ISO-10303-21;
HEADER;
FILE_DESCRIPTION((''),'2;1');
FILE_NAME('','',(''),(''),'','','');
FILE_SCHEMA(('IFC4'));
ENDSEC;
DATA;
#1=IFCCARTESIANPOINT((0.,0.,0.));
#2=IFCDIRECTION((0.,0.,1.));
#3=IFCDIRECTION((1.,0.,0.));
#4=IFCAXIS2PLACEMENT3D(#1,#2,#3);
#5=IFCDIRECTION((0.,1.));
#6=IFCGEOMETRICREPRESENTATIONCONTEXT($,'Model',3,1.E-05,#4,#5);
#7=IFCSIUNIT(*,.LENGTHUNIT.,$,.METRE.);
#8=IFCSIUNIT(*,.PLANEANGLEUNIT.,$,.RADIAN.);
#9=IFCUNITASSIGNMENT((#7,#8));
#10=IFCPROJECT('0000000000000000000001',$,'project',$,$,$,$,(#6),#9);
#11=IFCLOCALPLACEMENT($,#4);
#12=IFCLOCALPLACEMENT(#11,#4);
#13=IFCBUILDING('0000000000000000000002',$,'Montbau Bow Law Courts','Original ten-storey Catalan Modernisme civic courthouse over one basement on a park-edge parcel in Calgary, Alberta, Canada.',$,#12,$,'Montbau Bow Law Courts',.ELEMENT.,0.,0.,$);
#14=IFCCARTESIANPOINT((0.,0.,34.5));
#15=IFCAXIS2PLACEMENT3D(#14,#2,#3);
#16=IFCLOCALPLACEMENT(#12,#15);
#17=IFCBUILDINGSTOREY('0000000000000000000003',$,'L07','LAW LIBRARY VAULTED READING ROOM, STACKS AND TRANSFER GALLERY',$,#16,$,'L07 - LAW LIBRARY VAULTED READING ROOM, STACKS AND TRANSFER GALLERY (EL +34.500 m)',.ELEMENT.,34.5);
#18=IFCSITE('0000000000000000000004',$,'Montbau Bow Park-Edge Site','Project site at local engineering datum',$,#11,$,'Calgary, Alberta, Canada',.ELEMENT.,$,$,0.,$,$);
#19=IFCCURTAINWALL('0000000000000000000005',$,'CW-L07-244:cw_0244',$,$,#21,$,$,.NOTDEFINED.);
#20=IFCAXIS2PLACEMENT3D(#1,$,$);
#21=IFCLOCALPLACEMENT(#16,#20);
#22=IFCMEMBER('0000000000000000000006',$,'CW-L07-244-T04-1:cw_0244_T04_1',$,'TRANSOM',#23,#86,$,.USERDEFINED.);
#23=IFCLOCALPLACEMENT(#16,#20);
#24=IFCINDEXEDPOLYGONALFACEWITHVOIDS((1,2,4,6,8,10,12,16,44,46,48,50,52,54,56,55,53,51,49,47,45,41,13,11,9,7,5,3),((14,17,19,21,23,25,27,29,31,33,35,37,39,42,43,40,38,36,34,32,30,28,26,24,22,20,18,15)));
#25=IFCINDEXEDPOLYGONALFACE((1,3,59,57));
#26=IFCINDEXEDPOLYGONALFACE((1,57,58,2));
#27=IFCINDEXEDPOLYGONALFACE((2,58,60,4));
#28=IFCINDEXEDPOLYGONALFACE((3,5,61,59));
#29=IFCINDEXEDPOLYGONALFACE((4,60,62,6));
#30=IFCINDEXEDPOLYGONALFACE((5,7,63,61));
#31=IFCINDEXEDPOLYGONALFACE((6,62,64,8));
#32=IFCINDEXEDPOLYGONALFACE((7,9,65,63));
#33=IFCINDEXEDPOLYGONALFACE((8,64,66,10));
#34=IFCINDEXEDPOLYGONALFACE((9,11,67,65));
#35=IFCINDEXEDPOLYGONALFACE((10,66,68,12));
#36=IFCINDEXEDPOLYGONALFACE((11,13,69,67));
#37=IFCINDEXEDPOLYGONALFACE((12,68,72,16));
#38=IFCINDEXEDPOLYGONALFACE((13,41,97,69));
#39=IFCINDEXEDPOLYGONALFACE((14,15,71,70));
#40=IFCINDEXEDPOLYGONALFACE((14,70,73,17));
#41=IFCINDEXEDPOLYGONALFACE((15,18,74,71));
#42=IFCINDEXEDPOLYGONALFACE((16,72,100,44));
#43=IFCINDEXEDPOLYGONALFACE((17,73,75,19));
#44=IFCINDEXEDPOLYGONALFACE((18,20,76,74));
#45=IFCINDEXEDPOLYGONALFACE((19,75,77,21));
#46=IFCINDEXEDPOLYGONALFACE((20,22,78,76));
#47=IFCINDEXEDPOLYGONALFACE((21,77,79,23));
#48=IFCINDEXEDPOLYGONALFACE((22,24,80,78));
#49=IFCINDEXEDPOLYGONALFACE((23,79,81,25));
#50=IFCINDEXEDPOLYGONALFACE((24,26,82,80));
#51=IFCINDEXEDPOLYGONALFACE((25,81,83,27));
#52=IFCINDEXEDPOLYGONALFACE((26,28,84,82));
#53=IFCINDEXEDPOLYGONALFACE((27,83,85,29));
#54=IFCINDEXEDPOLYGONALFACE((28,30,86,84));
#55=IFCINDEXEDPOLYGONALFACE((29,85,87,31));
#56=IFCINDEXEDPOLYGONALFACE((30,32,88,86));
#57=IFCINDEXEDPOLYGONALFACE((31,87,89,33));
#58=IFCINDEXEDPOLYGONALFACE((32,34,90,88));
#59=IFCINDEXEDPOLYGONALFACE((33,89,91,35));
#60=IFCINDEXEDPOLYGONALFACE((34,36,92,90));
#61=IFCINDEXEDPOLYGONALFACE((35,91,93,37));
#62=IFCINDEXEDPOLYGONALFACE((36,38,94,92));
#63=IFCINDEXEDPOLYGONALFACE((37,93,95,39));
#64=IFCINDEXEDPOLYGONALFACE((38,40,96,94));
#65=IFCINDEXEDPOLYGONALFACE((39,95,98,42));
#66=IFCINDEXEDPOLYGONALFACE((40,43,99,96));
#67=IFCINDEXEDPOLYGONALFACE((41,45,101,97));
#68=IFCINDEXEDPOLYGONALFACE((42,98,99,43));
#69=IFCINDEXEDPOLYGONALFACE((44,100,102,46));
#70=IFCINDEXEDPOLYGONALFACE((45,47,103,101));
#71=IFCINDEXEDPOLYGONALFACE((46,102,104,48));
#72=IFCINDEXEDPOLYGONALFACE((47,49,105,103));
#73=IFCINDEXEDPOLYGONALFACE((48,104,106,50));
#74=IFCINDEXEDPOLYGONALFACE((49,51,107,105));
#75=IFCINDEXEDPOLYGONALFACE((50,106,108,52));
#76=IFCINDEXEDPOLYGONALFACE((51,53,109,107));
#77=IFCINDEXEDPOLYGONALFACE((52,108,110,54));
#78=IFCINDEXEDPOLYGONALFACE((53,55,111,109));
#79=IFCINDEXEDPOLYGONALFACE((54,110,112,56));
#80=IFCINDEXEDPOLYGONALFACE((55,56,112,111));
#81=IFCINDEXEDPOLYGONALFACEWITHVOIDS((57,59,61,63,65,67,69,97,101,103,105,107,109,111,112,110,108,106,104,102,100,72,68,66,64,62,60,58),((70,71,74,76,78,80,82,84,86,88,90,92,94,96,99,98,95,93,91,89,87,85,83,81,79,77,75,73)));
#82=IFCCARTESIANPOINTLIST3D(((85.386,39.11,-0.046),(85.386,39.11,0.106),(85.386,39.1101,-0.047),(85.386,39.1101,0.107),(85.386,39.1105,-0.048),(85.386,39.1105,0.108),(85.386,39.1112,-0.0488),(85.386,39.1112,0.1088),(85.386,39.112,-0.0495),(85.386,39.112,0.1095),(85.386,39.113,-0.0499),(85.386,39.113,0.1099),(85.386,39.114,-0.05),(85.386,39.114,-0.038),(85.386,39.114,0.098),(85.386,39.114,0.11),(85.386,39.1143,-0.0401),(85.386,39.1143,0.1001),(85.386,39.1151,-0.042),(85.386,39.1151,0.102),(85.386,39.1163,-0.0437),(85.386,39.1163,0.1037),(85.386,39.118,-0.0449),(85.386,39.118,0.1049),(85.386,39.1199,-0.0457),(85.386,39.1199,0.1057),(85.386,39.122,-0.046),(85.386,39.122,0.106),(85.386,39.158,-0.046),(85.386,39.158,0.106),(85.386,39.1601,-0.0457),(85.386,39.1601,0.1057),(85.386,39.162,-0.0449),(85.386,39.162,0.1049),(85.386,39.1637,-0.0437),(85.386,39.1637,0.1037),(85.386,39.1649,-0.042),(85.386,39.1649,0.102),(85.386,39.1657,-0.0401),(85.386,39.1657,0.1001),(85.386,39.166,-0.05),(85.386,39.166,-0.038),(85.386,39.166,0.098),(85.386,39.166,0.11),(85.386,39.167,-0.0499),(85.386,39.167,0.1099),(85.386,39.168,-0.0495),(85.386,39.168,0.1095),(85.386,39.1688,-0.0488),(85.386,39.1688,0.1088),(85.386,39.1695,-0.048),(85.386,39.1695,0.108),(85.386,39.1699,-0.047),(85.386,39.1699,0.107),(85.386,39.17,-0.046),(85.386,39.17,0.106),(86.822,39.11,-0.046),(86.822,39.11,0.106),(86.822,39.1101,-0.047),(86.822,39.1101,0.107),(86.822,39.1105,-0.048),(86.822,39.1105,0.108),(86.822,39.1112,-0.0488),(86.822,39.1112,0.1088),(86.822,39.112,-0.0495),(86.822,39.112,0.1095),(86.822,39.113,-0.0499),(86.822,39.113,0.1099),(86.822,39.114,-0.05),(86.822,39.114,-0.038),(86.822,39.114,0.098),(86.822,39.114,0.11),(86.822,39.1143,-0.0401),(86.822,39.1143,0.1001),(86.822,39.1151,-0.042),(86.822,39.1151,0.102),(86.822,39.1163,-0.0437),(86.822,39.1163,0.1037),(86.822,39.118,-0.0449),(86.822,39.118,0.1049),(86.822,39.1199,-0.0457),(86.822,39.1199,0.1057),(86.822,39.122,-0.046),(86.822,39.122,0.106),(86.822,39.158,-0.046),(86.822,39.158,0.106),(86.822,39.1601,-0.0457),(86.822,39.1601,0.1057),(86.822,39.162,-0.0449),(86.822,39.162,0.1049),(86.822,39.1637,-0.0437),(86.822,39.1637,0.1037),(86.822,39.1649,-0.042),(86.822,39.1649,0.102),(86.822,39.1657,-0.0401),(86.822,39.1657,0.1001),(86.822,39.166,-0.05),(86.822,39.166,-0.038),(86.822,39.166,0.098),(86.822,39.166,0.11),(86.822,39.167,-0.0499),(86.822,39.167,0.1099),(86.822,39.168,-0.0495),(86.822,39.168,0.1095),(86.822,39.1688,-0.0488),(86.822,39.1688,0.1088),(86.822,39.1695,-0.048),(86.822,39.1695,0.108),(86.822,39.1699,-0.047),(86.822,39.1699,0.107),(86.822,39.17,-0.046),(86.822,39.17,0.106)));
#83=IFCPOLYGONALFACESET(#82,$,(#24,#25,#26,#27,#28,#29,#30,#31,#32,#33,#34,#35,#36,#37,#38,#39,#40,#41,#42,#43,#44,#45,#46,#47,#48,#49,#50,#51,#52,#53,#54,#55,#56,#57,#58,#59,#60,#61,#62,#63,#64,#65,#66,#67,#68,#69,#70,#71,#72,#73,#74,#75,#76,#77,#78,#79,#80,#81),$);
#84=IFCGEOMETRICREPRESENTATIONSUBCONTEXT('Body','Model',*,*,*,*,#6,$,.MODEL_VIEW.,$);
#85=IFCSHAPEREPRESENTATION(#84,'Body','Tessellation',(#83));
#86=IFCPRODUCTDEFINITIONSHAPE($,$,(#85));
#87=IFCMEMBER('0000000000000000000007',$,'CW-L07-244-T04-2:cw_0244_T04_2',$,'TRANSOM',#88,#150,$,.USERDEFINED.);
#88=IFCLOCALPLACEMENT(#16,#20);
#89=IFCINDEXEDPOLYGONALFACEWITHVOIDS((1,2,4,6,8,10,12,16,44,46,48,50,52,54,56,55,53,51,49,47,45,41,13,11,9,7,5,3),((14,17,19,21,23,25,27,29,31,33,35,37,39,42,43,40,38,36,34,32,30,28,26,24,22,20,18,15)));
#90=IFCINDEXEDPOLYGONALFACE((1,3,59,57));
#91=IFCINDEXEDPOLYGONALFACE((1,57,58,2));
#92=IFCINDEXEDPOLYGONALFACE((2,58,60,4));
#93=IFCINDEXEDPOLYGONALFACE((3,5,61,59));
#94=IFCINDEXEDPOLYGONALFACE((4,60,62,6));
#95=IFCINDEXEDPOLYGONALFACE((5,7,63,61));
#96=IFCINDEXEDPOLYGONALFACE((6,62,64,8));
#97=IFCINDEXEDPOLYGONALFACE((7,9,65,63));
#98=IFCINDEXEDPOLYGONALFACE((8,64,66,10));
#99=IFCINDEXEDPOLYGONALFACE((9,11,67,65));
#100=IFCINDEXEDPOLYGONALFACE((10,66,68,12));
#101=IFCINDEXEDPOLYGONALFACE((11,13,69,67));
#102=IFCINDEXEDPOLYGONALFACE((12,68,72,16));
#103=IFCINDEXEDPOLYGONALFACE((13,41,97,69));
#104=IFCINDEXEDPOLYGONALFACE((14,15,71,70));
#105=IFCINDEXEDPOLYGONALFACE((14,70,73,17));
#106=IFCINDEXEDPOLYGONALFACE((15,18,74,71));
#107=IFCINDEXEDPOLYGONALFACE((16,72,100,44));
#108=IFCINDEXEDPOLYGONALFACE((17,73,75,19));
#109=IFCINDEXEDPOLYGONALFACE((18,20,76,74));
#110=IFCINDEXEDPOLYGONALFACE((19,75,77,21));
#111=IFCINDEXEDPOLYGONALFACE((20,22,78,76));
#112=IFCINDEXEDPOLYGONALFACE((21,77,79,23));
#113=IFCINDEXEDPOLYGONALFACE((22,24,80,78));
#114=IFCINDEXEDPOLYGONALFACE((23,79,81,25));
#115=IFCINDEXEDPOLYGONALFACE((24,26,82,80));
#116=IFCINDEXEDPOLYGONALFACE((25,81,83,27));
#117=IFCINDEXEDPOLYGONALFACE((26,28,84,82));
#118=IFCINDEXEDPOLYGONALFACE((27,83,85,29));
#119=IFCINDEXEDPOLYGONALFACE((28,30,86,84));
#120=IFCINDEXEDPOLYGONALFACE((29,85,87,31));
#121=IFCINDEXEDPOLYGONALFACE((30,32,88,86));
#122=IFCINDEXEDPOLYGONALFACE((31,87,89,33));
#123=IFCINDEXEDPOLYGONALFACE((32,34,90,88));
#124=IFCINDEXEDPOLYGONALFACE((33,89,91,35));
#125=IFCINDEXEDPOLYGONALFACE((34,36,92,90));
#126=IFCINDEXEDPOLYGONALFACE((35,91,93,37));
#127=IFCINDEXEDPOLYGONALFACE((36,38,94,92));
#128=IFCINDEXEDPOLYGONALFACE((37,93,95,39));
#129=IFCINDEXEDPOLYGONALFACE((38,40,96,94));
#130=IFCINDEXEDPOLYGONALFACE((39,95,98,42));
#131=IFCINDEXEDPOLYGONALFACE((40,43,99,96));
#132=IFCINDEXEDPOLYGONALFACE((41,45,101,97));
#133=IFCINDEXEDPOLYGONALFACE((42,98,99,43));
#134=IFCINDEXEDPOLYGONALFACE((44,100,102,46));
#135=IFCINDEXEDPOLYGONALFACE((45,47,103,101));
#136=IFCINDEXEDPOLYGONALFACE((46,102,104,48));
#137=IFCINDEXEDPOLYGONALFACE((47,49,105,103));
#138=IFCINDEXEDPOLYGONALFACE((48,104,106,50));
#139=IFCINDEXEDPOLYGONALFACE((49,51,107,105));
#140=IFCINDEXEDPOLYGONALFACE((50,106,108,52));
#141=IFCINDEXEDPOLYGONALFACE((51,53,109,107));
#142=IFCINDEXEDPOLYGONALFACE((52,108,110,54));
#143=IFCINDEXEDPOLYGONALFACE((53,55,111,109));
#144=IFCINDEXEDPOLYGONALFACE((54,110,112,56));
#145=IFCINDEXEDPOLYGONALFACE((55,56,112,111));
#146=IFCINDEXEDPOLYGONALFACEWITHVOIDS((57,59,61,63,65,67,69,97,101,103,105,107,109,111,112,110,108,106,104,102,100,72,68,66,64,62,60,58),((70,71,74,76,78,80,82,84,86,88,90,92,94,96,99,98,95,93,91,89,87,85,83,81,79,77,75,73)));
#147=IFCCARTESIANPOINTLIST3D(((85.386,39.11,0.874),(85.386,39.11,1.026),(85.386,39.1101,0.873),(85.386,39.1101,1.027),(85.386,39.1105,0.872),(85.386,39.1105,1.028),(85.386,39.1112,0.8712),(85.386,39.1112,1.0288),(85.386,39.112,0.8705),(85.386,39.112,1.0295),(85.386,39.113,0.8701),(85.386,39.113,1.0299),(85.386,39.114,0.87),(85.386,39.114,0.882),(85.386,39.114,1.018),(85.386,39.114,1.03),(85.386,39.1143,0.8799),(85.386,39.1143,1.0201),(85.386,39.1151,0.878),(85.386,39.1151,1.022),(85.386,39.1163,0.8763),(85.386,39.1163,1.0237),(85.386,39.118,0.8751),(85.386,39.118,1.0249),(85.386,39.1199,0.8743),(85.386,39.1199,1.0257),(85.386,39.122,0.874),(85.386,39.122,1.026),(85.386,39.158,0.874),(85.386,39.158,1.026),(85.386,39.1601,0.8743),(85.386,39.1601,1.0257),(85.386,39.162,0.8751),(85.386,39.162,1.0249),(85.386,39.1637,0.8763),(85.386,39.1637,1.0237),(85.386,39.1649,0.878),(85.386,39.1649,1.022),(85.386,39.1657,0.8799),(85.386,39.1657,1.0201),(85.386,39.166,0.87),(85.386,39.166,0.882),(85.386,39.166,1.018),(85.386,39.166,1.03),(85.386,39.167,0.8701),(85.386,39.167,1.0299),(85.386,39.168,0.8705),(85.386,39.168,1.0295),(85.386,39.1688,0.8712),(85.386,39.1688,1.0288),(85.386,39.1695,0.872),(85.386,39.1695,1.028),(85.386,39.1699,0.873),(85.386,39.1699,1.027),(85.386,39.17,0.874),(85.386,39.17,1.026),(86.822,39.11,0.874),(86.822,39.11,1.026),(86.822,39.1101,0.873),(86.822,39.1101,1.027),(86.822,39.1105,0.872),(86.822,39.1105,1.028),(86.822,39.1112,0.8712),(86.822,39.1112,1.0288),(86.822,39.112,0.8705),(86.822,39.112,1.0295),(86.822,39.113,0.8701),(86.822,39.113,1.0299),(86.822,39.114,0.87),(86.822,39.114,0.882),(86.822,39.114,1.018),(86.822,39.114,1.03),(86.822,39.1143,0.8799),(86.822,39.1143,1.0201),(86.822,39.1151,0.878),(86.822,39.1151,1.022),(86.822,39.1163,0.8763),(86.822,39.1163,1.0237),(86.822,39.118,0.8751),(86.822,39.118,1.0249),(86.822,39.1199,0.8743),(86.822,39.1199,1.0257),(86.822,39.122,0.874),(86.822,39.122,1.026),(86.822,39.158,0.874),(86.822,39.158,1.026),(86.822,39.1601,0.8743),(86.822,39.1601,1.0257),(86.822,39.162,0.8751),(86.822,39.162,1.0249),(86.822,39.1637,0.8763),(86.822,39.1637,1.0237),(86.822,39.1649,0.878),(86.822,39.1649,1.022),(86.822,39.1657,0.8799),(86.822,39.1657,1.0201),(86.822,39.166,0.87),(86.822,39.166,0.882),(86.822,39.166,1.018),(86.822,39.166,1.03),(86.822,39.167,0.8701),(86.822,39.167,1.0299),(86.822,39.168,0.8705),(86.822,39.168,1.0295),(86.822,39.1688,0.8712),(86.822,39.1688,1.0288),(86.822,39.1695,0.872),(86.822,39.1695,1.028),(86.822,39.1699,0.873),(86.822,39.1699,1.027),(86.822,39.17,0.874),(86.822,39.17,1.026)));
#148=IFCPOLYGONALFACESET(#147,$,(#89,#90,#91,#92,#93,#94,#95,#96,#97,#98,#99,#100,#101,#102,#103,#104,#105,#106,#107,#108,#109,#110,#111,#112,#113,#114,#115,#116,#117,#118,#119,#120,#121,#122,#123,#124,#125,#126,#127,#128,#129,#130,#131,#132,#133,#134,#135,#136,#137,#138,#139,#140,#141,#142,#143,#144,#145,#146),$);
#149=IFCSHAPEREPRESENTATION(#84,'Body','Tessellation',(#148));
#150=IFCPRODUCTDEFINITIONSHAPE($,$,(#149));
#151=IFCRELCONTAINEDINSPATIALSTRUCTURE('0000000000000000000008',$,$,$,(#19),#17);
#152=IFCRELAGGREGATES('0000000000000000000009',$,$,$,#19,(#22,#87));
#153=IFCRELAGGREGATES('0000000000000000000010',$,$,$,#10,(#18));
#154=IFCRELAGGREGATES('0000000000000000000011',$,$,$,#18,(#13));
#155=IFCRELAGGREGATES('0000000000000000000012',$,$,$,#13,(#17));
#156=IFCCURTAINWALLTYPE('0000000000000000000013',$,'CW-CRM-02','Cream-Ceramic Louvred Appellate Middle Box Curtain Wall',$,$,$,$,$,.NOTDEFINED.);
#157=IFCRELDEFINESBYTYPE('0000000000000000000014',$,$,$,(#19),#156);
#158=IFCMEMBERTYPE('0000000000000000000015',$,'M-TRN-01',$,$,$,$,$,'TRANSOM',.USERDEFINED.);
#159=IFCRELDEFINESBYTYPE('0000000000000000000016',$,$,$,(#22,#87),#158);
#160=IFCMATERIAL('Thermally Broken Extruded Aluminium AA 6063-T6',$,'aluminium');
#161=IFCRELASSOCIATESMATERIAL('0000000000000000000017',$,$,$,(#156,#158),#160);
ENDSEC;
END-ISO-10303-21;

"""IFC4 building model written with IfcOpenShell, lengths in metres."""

from ifc_helpers import new_model, si_unit, direction, frame, origin_with_axes, origin_2d_with_axis, place, context, subcontext, project, spatial, hollow_rectangle, extrude, material, material_profile, profile_set, type_object, element, aggregate, save


model = new_model("IFC4")

# Units and contexts
model_context = context("Model", 3, precision=1e-05, world=origin_with_axes(), true_north=direction((0.0, 1.0)))
body_context = subcontext(model_context, "Body", "Model", "MODEL_VIEW")
ifc_project = project(units=[si_unit("LENGTHUNIT", "METRE"), si_unit("PLANEANGLEUNIT", "RADIAN")], contexts=[model_context])

# Site, building, storey
site_placement = place(None, origin_with_axes())
site = spatial("IfcSite", under=ifc_project, at=site_placement, Name="Montbau Bow Park-Edge Site", Description="Project site at local engineering datum", LongName="Calgary, Alberta, Canada", CompositionType="ELEMENT", RefElevation=0.0)
building_placement = place(site_placement, origin_with_axes())
building = spatial("IfcBuilding", under=site, at=building_placement, Name="Montbau Bow Law Courts", Description="Original ten-storey Catalan Modernisme civic courthouse over one basement on a park-edge parcel in Calgary, Alberta, Canada.", LongName="Montbau Bow Law Courts", CompositionType="ELEMENT", ElevationOfRefHeight=0.0, ElevationOfTerrain=0.0)
storey_placement = place(building_placement, frame((0.0, 0.0, 34.5), z_axis=(0.0, 0.0, 1.0), x_axis=(1.0, 0.0, 0.0)))
storey = spatial("IfcBuildingStorey", under=building, at=storey_placement, Name="L07", Description="LAW LIBRARY VAULTED READING ROOM, STACKS AND TRANSFER GALLERY", LongName="L07 - LAW LIBRARY VAULTED READING ROOM, STACKS AND TRANSFER GALLERY (EL +34.500 m)", CompositionType="ELEMENT", Elevation=34.5)

# Curtain wall, members
ifc_material_1 = material(Name="Thermally Broken Extruded Aluminium AA 6063-T6", Category="aluminium")
curtain_wall_type = type_object("IfcCurtainWallType", Name="CW-CRM-02", Description="Cream-Ceramic Louvred Appellate Middle Box Curtain Wall", PredefinedType="NOTDEFINED", material=ifc_material_1)
curtain_wall_placement = place(None, frame((80.84, 39.14, 34.5), z_axis=(0.0, 0.0, 1.0), x_axis=(1.0, 0.0, 0.0)))
curtain_wall = element("IfcCurtainWall", 1, at=curtain_wall_placement, inside=storey, type_object=curtain_wall_type, Name="CW-L07-244:cw_0244", PredefinedType="NOTDEFINED")
ifc_material_profile_1 = material_profile(ifc_material_1, hollow_rectangle(XDim=0.06, YDim=0.16, WallThickness=0.004, InnerFilletRadius=0.008, OuterFilletRadius=0.004, at=origin_2d_with_axis()), Name="CWT-160X60", Category="Main", Priority=0)
ifc_profile_set_1 = profile_set([ifc_material_profile_1], Name="Thermally Broken Extruded Aluminium AA 6063-T6")
member_type_1 = type_object("IfcMemberType", Name="M-TRN-01", ElementType="TRANSOM", PredefinedType="USERDEFINED", material=ifc_profile_set_1)
member_1_placement = place(None, frame((85.386, 39.14, 34.53), z_axis=(1.0, 0.0, 0.0), x_axis=(0.0, 1.0, 0.0)))
member_1 = element("IfcMember", 2, at=member_1_placement, type_object=member_type_1, Name="CW-L07-244-T04-1:cw_0244_T04_1", ObjectType="TRANSOM", PredefinedType="USERDEFINED", context=body_context, shape_type="SweptSolid", body=[
    extrude(hollow_rectangle(XDim=0.06, YDim=0.16, WallThickness=0.004, InnerFilletRadius=0.008, OuterFilletRadius=0.004, at=origin_2d_with_axis()), origin_with_axes(), (0.0, 0.0, 1.0), 1.436),
])
member_2_placement = place(None, frame((85.386, 39.14, 35.45), z_axis=(1.0, 0.0, 0.0), x_axis=(0.0, 1.0, 0.0)))
member_2 = element("IfcMember", 3, at=member_2_placement, type_object=member_type_1, Name="CW-L07-244-T04-2:cw_0244_T04_2", ObjectType="TRANSOM", PredefinedType="USERDEFINED", context=body_context, shape_type="SweptSolid", body=[
    extrude(hollow_rectangle(XDim=0.06, YDim=0.16, WallThickness=0.004, InnerFilletRadius=0.008, OuterFilletRadius=0.004, at=origin_2d_with_axis()), origin_with_axes(), (0.0, 0.0, 1.0), 1.436),
])
aggregate(curtain_wall, [member_1, member_2])

save(model, "model.ifc")
